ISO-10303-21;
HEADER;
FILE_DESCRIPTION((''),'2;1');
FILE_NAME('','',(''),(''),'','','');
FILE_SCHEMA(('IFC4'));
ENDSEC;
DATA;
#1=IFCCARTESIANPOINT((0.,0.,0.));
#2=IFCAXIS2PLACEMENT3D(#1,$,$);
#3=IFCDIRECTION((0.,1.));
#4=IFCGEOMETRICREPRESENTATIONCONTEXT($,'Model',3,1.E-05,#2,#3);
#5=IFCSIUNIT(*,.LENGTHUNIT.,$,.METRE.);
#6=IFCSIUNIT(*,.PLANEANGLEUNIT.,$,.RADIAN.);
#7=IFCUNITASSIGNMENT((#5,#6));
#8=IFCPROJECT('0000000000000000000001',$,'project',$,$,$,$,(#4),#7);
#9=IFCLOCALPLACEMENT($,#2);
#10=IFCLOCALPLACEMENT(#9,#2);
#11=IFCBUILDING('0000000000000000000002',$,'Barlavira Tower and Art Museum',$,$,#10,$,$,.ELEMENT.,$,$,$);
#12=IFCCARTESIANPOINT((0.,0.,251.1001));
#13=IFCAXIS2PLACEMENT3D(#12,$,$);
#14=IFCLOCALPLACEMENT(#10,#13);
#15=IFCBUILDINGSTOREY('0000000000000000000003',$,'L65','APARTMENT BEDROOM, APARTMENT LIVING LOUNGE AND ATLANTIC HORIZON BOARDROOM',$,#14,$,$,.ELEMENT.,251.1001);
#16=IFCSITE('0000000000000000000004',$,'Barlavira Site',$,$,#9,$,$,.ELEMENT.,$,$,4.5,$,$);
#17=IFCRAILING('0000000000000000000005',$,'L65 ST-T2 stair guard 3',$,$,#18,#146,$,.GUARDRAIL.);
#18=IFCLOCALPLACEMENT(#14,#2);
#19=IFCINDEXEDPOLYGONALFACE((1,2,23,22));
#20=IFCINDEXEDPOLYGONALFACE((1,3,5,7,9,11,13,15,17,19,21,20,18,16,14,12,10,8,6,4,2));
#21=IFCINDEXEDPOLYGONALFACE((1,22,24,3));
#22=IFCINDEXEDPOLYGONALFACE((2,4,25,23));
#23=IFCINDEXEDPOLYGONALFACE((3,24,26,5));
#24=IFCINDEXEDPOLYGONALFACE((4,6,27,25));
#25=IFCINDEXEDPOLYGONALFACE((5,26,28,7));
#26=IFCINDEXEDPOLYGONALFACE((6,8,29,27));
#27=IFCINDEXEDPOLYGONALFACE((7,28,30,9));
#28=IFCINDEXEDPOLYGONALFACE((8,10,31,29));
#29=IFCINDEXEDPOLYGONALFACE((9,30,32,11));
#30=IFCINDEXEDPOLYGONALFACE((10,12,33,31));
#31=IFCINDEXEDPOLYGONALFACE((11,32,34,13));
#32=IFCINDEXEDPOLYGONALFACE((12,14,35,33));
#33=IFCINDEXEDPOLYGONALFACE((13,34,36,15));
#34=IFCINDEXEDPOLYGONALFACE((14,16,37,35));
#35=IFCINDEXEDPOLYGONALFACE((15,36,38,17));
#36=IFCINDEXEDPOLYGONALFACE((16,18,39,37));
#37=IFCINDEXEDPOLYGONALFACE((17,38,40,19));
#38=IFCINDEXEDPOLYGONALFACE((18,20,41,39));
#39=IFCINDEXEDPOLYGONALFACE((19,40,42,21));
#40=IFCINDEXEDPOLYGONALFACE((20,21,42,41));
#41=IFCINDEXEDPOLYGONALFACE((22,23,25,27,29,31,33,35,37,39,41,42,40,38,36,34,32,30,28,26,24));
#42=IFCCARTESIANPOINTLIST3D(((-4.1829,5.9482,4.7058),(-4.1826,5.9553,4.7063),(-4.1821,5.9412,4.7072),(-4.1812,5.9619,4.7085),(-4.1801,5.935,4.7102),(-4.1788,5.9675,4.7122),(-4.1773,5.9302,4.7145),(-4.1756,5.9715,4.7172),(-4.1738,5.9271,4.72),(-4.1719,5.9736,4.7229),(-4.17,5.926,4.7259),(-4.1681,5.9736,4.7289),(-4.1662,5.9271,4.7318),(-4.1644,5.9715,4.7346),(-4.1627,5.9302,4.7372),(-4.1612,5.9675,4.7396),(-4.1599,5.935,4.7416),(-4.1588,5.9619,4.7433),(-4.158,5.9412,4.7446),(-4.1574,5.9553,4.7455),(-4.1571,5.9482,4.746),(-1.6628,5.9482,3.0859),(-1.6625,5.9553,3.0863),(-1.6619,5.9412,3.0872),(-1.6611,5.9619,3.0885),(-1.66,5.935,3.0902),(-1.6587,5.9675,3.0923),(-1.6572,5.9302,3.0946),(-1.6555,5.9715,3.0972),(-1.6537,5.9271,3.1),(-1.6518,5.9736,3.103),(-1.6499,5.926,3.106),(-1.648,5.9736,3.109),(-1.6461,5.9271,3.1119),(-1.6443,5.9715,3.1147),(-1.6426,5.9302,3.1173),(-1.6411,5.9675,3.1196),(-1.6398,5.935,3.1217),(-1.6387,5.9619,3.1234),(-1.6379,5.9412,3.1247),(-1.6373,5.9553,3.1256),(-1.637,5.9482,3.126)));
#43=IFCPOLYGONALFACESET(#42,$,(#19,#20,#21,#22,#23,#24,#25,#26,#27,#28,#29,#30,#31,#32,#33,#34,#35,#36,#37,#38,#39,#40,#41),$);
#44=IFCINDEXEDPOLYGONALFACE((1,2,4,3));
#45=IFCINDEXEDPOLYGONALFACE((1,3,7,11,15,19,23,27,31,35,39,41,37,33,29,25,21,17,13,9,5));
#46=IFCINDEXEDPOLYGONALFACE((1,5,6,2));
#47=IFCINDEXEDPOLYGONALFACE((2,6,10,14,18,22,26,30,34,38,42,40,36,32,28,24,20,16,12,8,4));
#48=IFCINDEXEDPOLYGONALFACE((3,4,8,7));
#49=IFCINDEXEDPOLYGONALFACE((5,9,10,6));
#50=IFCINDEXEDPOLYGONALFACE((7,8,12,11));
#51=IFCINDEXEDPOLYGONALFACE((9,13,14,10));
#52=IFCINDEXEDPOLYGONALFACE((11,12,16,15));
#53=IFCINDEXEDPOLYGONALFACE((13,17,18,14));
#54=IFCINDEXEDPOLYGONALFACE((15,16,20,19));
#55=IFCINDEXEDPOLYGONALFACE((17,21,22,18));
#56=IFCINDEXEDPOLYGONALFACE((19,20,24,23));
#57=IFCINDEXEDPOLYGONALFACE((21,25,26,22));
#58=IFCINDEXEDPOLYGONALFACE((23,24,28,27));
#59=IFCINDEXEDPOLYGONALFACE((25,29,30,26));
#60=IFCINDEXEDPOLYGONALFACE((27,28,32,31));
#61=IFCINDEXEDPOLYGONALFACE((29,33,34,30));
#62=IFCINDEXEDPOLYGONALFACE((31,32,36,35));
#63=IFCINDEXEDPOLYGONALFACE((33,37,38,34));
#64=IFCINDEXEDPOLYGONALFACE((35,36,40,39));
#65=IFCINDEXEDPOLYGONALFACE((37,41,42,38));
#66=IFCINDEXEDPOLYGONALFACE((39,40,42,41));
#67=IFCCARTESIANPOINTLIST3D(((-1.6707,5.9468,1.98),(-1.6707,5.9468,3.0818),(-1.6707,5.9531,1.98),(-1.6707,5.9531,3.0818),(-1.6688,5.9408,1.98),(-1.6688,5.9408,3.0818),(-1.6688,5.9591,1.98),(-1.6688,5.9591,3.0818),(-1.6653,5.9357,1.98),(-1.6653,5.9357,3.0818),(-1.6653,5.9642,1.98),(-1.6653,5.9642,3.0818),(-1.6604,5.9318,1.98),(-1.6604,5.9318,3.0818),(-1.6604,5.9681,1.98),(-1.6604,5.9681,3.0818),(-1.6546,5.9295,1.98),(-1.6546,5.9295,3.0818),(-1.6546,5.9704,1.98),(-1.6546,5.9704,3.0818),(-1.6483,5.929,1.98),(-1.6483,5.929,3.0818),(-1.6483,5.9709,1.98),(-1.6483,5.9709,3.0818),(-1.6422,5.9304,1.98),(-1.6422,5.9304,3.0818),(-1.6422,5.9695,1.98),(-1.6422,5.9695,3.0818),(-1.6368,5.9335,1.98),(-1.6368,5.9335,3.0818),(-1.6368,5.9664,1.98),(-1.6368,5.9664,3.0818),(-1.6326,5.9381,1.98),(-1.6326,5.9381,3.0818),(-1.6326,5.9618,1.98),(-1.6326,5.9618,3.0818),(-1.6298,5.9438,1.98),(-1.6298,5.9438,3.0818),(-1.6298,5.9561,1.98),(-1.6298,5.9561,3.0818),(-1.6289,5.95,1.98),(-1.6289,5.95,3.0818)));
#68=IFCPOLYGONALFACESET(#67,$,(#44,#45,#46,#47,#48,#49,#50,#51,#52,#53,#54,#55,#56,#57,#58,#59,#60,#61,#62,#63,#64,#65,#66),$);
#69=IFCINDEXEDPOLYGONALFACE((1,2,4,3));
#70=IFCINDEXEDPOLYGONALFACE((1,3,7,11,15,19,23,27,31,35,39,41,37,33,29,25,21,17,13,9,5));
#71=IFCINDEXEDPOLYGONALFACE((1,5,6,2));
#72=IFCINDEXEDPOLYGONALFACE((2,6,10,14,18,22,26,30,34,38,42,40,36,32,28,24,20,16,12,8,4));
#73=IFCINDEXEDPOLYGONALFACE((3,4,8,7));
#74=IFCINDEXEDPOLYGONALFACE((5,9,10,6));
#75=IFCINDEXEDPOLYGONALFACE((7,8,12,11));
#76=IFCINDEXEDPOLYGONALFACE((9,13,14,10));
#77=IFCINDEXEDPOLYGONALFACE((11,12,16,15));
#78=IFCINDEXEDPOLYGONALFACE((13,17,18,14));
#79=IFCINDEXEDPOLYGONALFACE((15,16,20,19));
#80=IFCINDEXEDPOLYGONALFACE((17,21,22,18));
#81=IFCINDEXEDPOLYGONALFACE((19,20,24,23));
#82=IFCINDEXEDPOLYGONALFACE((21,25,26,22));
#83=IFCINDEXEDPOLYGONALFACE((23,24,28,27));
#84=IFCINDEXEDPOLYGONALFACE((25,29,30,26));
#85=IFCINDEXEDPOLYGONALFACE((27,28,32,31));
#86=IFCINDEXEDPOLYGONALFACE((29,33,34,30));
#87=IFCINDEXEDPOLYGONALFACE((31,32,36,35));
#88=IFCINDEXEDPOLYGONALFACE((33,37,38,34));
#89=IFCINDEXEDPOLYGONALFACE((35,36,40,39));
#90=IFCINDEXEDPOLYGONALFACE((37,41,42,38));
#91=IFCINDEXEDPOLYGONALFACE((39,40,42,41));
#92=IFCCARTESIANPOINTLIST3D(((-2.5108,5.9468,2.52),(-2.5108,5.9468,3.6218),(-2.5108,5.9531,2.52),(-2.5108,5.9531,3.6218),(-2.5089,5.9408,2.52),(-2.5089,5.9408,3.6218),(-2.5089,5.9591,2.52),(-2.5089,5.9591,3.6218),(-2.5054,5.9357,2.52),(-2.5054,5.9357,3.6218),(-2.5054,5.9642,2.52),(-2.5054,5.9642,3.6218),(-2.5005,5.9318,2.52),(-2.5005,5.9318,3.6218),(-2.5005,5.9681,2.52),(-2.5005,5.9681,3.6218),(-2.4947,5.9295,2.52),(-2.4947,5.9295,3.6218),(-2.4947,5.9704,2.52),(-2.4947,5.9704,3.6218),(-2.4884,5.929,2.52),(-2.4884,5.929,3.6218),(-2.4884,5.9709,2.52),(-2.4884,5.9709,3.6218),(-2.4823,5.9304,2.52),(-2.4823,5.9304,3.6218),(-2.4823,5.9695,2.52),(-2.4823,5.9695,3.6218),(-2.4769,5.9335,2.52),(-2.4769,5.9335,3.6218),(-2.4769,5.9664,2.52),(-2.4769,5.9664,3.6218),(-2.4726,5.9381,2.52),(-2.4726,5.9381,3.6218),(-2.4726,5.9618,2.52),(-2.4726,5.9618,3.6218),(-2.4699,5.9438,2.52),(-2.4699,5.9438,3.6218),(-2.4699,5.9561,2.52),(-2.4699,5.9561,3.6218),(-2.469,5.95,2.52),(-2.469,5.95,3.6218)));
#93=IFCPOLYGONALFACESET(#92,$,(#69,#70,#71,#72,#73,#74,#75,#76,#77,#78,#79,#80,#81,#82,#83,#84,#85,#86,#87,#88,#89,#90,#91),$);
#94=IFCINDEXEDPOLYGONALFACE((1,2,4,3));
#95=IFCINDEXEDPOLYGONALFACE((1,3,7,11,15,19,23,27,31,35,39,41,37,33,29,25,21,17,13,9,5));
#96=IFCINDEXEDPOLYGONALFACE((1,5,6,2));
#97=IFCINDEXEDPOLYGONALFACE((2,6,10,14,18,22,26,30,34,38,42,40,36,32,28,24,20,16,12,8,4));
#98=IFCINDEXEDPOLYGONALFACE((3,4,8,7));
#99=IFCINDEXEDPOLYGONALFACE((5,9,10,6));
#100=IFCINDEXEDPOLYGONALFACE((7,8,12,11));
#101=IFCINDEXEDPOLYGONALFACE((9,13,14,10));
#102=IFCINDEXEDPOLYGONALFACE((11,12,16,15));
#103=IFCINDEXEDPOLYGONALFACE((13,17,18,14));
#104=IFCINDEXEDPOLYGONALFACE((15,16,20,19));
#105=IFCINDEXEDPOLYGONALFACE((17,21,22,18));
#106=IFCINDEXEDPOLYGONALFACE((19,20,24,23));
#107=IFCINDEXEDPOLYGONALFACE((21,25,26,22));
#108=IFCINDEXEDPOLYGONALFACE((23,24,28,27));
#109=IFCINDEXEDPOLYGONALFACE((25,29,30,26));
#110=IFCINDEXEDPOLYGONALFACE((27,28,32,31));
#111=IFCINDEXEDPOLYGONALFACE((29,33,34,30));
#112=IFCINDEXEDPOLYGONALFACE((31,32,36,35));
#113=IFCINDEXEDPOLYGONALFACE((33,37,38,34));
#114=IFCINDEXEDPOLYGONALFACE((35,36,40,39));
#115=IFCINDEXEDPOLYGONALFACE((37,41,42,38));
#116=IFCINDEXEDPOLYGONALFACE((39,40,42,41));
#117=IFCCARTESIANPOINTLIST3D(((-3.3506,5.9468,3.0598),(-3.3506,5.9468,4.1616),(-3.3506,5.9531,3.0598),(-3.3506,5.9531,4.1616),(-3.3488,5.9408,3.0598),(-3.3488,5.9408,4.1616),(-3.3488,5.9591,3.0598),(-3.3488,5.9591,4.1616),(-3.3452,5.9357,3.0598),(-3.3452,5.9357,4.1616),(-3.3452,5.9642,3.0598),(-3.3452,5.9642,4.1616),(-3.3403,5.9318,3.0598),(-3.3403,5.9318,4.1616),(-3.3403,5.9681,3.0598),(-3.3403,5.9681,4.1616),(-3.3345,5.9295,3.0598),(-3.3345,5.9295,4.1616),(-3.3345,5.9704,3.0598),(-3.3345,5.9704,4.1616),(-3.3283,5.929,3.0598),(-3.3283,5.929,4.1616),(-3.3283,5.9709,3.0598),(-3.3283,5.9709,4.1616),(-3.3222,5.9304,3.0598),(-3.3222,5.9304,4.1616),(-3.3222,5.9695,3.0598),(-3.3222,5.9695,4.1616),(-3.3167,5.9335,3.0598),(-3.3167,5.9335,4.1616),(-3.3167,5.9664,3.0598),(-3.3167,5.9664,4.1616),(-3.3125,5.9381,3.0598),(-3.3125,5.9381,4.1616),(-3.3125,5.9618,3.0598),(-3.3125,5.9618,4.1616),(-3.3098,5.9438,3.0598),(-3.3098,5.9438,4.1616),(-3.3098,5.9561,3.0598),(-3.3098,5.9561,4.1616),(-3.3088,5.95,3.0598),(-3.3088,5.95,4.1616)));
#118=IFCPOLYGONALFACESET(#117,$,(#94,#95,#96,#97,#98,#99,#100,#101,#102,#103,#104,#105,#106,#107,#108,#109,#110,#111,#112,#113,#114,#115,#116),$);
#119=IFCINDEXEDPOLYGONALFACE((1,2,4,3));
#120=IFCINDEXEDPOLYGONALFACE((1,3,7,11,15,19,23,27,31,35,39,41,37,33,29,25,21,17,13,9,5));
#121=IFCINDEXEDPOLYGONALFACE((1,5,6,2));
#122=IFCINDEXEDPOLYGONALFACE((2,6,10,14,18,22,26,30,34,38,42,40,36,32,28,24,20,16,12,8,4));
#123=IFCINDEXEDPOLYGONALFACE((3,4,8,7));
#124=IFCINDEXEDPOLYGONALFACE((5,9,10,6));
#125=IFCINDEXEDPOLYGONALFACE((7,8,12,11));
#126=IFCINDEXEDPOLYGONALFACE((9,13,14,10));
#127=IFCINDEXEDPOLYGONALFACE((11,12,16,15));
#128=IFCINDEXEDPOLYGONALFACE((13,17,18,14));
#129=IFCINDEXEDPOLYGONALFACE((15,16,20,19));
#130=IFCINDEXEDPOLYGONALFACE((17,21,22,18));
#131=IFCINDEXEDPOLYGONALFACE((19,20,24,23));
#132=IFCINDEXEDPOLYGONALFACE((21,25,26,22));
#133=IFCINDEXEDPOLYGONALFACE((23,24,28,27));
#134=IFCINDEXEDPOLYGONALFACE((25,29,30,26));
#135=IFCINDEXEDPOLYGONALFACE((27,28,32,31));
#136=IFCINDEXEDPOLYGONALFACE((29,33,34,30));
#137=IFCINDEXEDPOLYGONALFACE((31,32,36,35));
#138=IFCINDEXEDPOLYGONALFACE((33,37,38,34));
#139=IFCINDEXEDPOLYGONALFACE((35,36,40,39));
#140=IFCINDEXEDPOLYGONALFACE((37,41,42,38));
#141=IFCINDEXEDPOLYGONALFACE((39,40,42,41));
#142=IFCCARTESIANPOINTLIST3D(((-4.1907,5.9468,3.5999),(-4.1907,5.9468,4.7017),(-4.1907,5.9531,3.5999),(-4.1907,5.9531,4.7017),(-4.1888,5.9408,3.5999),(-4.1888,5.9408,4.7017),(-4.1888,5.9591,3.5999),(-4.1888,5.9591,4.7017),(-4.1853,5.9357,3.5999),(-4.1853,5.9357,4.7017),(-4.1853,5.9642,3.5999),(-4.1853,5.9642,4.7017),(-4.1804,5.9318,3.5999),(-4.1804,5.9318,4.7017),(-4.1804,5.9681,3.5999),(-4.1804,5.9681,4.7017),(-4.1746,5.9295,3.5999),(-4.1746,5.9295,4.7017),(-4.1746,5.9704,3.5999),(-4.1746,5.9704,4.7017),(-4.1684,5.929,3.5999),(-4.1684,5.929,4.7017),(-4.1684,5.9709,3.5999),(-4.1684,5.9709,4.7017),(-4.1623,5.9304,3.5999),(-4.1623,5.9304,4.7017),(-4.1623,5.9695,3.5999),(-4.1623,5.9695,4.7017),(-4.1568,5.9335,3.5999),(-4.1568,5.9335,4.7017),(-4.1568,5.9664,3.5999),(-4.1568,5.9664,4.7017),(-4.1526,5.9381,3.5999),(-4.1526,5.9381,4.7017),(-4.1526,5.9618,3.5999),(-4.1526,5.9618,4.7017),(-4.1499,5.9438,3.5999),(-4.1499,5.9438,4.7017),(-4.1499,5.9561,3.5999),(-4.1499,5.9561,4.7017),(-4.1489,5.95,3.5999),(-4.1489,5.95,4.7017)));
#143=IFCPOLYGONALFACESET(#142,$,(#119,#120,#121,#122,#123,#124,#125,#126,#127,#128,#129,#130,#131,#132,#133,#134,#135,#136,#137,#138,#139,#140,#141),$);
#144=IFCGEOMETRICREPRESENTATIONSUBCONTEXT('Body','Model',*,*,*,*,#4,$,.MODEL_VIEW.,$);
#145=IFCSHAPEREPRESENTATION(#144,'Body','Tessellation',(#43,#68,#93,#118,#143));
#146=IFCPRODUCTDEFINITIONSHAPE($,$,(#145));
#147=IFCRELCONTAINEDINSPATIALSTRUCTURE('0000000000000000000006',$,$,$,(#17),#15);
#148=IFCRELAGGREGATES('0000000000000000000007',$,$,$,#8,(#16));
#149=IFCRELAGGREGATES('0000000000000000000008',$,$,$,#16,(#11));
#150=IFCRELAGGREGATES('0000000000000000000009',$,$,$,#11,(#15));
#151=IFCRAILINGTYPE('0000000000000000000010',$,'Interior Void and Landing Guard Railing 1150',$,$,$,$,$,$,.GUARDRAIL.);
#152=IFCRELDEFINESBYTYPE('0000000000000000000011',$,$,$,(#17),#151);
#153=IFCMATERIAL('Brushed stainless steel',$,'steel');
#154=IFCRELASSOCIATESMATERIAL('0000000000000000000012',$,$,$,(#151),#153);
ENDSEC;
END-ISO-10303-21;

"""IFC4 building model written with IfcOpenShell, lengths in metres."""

from ifc_helpers import new_model, si_unit, direction, frame, origin, origin_2d, place, context, subcontext, project, spatial, circle, extrude, material, type_object, element, save


model = new_model("IFC4")

# Units and contexts
model_context = context("Model", 3, precision=1e-05, world=origin(), true_north=direction((0.0, 1.0)))
body_context = subcontext(model_context, "Body", "Model", "MODEL_VIEW")
ifc_project = project(units=[si_unit("LENGTHUNIT", "METRE"), si_unit("PLANEANGLEUNIT", "RADIAN")], contexts=[model_context])

# Site, building, storey
site_placement = place(None, origin())
site = spatial("IfcSite", under=ifc_project, at=site_placement, Name="Barlavira Site", CompositionType="ELEMENT", RefElevation=4.5)
building_placement = place(site_placement, origin())
building = spatial("IfcBuilding", under=site, at=building_placement, Name="Barlavira Tower and Art Museum", CompositionType="ELEMENT")
storey_placement = place(building_placement, frame((0.0, 0.0, 251.1001)))
storey = spatial("IfcBuildingStorey", under=building, at=storey_placement, Name="L65", Description="APARTMENT BEDROOM, APARTMENT LIVING LOUNGE AND ATLANTIC HORIZON BOARDROOM", CompositionType="ELEMENT", Elevation=251.1001)

# Shared definitions
ifc_material_1 = material(Name="Brushed stainless steel", Category="steel")

# Railing
railing_type_1 = type_object("IfcRailingType", Name="Interior Void and Landing Guard Railing 1150", PredefinedType="GUARDRAIL", material=ifc_material_1)
railing_1_placement = place(storey_placement, frame((-1.6499, 5.95, 1.98)))
element("IfcRailing", 1, at=railing_1_placement, inside=storey, type_object=railing_type_1, Name="L65 ST-T2 stair guard 3", PredefinedType="GUARDRAIL", context=body_context, shape_type="SweptSolid", body=[
    extrude(circle(Radius=0.0239, at=origin_2d()), frame((0.0, 0.0, 1.126), z_axis=(-0.8412, 0.0, 0.540725), x_axis=(0.0, -1.0, 0.0)), (0.0, 0.0, 1.0), 2.9958),
    extrude(circle(Radius=0.021, at=origin_2d()), origin(), (0.0, 0.0, 1.0), 1.1018),
    extrude(circle(Radius=0.021, at=origin_2d()), frame((-0.8401, 0.0, 0.54)), (0.0, 0.0, 1.0), 1.1018),
    extrude(circle(Radius=0.021, at=origin_2d()), frame((-1.6799, 0.0, 1.0798)), (0.0, 0.0, 1.0), 1.1018),
    extrude(circle(Radius=0.021, at=origin_2d()), frame((-2.52, 0.0, 1.6199)), (0.0, 0.0, 1.0), 1.1018),
])

save(model, "model.ifc")
